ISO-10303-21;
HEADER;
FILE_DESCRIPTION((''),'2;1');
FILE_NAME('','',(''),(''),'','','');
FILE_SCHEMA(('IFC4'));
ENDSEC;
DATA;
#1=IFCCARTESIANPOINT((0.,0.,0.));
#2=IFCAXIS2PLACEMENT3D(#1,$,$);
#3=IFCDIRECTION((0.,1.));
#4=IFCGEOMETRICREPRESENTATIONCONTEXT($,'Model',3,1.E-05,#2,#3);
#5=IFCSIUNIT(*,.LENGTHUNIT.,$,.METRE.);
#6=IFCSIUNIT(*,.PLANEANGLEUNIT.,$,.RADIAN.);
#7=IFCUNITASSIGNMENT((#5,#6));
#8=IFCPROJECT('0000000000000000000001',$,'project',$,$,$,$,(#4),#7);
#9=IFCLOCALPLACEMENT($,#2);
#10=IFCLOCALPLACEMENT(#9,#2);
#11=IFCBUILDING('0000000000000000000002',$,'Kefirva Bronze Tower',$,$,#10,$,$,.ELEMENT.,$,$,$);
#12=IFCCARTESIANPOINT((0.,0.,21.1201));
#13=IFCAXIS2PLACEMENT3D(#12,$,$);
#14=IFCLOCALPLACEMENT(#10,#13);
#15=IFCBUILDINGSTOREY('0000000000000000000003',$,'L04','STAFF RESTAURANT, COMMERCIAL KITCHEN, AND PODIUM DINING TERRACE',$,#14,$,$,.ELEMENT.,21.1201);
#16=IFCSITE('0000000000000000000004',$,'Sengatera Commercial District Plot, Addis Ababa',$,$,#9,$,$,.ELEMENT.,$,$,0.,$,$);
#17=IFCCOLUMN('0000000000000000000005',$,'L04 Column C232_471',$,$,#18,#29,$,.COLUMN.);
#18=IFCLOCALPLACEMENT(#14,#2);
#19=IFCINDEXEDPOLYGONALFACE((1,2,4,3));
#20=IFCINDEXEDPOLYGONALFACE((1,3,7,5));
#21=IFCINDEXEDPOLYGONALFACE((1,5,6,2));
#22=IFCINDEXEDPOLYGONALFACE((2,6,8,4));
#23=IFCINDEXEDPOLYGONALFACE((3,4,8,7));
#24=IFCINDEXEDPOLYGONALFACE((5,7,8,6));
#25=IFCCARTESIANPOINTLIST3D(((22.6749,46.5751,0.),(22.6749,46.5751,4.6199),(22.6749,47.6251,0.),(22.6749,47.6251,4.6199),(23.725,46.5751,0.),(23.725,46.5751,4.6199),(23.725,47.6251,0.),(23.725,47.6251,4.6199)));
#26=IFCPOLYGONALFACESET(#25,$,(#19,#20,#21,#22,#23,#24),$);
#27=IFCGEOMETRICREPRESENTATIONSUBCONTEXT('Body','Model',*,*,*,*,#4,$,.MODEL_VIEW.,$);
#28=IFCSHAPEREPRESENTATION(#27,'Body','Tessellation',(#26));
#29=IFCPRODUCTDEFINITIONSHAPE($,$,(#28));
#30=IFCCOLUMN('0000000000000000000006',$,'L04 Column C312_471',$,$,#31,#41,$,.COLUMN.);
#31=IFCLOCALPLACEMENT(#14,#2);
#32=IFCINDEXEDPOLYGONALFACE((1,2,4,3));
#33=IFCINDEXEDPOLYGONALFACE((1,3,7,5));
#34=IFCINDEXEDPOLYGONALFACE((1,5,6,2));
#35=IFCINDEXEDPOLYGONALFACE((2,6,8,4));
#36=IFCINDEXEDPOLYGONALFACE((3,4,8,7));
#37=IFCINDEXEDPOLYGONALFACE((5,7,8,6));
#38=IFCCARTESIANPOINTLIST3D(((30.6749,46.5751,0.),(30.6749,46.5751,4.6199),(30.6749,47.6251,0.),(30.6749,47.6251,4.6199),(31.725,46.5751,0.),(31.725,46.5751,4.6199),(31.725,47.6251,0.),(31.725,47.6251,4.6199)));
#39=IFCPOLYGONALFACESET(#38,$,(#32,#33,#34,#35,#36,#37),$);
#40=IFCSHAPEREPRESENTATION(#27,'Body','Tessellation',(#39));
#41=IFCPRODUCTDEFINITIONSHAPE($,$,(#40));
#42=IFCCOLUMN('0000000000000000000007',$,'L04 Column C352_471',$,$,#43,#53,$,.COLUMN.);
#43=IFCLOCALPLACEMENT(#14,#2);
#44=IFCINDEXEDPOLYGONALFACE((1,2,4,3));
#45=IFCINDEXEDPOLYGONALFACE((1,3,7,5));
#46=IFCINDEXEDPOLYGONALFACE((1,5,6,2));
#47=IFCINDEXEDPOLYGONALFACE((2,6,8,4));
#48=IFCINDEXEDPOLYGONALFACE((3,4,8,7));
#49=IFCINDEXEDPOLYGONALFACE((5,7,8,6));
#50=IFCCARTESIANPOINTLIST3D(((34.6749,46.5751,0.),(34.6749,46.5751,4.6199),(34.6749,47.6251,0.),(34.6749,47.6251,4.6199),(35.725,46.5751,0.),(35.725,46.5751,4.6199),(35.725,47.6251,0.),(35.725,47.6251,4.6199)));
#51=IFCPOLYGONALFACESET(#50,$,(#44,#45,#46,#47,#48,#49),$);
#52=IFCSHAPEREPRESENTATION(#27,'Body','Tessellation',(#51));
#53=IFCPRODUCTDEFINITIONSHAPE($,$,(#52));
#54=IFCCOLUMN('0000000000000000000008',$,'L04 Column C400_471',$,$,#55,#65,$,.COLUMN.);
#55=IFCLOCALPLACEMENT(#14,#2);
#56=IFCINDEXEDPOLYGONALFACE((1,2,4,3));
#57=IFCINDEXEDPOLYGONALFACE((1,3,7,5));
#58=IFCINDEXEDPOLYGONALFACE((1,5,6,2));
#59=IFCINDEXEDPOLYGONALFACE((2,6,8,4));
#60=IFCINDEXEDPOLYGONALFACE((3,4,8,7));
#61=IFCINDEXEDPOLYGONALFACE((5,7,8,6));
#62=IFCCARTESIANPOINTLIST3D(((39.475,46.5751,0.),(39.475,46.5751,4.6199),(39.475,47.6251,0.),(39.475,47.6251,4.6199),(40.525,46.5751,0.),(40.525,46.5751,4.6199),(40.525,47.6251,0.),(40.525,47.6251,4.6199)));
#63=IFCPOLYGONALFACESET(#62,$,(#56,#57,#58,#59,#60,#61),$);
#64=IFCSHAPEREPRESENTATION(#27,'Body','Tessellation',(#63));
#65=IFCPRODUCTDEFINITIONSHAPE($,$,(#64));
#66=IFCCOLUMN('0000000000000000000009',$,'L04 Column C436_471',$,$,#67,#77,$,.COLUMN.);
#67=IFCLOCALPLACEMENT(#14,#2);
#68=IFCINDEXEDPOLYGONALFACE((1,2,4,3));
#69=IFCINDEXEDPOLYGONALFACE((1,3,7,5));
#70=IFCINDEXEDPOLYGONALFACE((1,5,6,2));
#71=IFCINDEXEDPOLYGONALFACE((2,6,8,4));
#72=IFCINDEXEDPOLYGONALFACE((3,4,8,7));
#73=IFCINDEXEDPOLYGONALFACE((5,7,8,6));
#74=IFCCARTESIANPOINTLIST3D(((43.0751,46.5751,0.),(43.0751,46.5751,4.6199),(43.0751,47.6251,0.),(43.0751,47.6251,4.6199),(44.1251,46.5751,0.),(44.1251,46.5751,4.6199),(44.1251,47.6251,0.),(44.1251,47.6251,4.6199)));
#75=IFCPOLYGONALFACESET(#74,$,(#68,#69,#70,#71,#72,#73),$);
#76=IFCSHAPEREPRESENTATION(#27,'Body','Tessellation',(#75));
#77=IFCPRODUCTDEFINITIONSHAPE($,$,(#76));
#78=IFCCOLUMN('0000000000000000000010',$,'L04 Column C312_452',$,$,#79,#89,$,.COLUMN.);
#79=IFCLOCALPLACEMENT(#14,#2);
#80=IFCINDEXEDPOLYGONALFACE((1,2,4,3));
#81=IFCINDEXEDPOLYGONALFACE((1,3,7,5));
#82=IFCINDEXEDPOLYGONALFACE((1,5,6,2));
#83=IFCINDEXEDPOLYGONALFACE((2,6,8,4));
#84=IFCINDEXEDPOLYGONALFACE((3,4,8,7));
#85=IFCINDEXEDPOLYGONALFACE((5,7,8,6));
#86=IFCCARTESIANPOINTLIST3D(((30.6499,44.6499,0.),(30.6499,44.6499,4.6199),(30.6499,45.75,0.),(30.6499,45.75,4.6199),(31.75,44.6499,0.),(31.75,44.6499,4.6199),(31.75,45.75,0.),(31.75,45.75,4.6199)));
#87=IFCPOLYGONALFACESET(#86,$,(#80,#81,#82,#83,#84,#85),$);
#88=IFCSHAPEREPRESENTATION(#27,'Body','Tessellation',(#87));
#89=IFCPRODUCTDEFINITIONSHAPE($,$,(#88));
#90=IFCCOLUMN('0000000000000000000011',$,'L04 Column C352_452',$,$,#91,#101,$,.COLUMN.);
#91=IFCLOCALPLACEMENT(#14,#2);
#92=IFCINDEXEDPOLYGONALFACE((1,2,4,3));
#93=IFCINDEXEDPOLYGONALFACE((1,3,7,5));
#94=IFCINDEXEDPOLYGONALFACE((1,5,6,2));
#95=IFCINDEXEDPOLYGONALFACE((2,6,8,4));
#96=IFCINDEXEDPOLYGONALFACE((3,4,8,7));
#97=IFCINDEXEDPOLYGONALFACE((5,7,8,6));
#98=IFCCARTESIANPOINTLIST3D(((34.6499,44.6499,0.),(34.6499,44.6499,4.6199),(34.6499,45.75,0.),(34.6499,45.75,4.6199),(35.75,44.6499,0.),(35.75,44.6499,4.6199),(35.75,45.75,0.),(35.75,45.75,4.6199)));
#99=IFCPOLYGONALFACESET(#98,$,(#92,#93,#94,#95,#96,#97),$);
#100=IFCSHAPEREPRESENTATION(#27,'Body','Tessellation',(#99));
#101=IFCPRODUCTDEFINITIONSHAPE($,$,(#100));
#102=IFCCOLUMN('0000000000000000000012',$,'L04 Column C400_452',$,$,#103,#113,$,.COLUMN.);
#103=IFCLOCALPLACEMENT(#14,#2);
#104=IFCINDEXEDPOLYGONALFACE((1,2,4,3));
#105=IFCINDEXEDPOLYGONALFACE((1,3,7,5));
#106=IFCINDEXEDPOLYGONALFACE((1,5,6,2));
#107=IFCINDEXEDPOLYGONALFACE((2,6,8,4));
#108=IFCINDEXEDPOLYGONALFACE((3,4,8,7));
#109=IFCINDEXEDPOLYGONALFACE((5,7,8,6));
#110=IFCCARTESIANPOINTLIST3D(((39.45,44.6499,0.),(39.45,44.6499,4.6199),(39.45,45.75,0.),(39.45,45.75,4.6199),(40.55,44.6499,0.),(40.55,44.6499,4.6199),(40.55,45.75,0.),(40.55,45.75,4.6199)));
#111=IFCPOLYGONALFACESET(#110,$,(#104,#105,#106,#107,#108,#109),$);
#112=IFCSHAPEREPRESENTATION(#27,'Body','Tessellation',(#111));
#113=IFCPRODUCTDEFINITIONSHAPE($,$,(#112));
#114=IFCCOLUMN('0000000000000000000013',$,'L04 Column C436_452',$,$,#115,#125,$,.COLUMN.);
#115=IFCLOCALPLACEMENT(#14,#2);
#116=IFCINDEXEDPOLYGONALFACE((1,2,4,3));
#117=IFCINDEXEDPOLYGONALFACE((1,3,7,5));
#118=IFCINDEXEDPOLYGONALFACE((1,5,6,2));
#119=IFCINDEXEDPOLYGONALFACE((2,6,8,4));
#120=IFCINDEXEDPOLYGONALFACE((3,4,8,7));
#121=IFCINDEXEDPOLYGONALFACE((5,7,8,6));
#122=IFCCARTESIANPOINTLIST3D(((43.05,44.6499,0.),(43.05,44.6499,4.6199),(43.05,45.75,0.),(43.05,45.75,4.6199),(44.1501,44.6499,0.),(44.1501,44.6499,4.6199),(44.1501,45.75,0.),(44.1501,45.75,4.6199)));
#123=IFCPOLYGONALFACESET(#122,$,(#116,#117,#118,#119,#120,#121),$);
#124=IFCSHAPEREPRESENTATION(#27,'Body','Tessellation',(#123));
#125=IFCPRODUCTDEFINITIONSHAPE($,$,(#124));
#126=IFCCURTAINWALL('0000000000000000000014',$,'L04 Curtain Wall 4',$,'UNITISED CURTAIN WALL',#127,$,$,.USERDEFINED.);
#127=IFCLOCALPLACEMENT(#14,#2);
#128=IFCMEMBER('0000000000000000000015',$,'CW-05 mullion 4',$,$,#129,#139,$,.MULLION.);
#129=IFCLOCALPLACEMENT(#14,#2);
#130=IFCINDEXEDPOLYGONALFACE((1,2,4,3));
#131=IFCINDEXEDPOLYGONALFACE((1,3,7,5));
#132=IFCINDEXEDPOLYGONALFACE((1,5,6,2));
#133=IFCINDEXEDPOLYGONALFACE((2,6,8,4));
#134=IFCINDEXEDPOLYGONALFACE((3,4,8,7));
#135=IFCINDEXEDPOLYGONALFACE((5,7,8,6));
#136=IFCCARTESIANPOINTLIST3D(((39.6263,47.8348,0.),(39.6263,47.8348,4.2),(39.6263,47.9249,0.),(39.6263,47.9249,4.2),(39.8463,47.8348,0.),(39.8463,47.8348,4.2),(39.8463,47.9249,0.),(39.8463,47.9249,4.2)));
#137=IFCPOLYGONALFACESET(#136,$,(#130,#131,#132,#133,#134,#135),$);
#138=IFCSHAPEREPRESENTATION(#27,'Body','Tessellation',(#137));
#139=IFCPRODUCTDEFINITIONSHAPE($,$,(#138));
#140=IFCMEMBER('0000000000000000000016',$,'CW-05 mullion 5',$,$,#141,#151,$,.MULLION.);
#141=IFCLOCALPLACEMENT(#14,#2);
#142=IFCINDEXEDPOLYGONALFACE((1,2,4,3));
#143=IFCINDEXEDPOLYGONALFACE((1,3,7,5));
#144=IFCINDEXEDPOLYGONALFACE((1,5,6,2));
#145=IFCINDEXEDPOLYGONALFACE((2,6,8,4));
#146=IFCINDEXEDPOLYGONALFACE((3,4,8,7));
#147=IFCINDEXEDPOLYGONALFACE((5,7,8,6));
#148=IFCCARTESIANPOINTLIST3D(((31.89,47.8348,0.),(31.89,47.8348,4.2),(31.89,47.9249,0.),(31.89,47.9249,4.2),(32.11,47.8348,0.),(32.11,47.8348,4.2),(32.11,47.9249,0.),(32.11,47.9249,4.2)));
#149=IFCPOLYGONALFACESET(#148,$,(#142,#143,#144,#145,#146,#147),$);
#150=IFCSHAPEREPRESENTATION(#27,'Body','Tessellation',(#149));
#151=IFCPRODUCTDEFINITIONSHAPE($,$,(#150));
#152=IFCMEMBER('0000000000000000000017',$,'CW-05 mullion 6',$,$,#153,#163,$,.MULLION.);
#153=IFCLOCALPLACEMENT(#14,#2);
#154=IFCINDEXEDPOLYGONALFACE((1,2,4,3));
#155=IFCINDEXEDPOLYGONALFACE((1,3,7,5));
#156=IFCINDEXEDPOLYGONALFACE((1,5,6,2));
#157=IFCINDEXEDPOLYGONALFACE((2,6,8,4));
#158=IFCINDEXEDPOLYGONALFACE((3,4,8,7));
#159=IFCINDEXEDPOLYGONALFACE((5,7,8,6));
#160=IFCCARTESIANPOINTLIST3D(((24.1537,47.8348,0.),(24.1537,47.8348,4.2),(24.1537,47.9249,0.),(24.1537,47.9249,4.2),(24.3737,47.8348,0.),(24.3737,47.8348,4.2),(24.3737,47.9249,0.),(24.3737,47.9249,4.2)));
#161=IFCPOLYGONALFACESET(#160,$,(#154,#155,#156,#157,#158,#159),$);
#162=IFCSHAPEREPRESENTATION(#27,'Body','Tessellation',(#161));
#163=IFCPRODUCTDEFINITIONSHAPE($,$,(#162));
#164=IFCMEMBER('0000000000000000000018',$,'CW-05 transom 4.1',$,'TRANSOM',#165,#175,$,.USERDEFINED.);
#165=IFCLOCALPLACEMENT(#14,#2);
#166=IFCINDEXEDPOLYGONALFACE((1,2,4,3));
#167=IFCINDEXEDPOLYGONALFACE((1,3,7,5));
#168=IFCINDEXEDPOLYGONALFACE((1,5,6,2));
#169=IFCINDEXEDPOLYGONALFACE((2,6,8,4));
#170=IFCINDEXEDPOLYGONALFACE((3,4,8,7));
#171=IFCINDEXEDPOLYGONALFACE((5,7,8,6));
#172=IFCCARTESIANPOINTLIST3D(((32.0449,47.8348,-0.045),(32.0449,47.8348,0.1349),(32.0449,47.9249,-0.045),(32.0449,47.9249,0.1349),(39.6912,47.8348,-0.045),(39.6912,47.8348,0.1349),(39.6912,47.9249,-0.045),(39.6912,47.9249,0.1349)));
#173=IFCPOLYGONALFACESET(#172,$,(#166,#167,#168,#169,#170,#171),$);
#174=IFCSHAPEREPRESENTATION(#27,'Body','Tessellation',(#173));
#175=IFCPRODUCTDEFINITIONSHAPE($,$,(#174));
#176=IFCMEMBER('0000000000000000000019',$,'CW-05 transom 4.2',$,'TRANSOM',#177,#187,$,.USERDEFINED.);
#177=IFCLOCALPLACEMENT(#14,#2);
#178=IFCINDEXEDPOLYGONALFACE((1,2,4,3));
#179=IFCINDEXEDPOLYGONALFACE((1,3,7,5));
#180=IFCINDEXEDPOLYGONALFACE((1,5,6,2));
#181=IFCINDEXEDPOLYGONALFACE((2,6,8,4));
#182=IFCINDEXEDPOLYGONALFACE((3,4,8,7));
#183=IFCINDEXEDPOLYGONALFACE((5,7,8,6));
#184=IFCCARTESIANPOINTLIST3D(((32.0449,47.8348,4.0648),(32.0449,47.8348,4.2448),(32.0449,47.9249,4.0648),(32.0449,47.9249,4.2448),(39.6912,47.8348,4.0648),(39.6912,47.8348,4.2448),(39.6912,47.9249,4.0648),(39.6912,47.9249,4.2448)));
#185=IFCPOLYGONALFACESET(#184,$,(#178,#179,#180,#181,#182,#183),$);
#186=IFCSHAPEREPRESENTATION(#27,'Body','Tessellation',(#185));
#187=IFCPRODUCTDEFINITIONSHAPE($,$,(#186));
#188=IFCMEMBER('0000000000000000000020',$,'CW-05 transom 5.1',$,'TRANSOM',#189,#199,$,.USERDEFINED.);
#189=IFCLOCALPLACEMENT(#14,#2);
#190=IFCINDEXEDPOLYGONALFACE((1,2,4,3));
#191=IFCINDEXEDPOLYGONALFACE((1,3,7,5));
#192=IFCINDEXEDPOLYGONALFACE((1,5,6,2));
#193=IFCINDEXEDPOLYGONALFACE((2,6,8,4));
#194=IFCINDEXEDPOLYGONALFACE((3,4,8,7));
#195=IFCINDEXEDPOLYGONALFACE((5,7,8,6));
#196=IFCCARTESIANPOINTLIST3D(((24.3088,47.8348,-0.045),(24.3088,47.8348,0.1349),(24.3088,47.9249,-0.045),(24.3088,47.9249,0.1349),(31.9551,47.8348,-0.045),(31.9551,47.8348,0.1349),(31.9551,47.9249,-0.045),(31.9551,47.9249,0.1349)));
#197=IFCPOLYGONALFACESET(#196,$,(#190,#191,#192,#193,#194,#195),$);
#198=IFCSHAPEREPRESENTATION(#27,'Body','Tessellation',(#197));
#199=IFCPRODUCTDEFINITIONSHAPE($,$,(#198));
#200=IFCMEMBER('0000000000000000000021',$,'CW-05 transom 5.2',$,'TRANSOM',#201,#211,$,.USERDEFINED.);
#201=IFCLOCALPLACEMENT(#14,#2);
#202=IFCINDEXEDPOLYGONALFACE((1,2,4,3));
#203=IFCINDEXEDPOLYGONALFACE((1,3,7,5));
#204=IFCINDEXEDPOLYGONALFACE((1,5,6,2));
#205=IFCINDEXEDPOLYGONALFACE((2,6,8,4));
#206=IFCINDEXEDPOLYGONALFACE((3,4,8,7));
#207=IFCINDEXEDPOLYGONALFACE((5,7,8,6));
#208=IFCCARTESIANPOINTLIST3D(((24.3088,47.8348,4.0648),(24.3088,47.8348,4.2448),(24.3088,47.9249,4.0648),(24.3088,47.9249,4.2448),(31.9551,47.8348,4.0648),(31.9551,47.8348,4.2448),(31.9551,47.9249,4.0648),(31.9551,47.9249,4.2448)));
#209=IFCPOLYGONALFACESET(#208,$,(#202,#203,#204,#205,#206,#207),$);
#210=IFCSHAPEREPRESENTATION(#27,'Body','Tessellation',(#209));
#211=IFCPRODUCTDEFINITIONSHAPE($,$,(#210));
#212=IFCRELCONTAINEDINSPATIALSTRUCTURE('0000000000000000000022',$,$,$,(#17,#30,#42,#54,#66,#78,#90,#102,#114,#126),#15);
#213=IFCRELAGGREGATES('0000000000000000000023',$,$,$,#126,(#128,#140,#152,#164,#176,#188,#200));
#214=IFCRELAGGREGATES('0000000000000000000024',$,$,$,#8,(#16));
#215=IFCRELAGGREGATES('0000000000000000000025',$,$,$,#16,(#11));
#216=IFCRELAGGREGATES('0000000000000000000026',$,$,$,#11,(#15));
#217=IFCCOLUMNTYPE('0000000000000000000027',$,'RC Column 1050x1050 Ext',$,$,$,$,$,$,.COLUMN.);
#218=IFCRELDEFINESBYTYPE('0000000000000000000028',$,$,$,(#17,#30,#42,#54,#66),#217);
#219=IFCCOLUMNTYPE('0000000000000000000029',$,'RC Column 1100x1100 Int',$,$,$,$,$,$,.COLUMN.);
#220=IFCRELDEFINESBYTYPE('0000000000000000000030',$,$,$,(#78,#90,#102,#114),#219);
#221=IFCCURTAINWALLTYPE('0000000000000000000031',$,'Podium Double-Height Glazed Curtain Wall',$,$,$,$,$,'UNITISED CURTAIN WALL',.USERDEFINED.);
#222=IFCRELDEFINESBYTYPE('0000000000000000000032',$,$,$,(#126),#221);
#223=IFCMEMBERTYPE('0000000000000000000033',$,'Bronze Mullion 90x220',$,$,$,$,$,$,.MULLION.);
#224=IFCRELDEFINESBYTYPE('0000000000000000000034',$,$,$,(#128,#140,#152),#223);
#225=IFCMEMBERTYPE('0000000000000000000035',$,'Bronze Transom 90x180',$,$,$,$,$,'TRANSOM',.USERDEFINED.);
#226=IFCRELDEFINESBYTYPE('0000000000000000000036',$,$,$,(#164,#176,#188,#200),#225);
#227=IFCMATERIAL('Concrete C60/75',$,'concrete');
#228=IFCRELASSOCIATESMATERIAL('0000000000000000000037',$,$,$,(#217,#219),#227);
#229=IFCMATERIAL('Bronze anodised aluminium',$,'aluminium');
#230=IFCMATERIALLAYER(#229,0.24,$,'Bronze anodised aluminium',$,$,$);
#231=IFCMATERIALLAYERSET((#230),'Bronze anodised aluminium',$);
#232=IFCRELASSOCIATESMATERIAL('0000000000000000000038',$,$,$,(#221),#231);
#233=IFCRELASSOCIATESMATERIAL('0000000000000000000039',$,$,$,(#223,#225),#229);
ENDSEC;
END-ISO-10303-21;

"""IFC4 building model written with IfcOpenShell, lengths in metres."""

from ifc_helpers import new_model, si_unit, direction, frame, origin, origin_2d, place, context, subcontext, project, spatial, rectangle, extrude, material, layer, layer_set, material_profile, profile_set, type_object, element, aggregate, save


model = new_model("IFC4")

# Units and contexts
model_context = context("Model", 3, precision=1e-05, world=origin(), true_north=direction((0.0, 1.0)))
body_context = subcontext(model_context, "Body", "Model", "MODEL_VIEW")
ifc_project = project(units=[si_unit("LENGTHUNIT", "METRE"), si_unit("PLANEANGLEUNIT", "RADIAN")], contexts=[model_context])

# Site, building, storey
site_placement = place(None, origin())
site = spatial("IfcSite", under=ifc_project, at=site_placement, Name="Sengatera Commercial District Plot, Addis Ababa", CompositionType="ELEMENT", RefElevation=0.0)
building_placement = place(site_placement, origin())
building = spatial("IfcBuilding", under=site, at=building_placement, Name="Kefirva Bronze Tower", CompositionType="ELEMENT")
storey_placement = place(building_placement, frame((0.0, 0.0, 21.1201)))
storey = spatial("IfcBuildingStorey", under=building, at=storey_placement, Name="L04", Description="STAFF RESTAURANT, COMMERCIAL KITCHEN, AND PODIUM DINING TERRACE", CompositionType="ELEMENT", Elevation=21.1201)

# Columns
ifc_material_1 = material(Name="Concrete C60/75", Category="concrete")
ifc_material_profile_1 = material_profile(ifc_material_1, rectangle(XDim=1.05, YDim=1.05, at=origin_2d()), Name="RC 1050x1050")
ifc_profile_set_1 = profile_set([ifc_material_profile_1], Name="Concrete C60/75")
column_type_1 = type_object("IfcColumnType", Name="RC Column 1050x1050 Ext", PredefinedType="COLUMN", material=ifc_profile_set_1)
for number, where, z_axis, x_axis, name in (
    (1, (23.2, 47.1001, 0.0), (0.0, 0.0, 1.0), (1.0, 0.0, 0.0), "L04 Column C232_471"),
    (2, (31.2, 47.1001, 0.0), (0.0, 0.0, 1.0), (1.0, 0.0, 0.0), "L04 Column C312_471"),
    (3, (35.2, 47.1001, 0.0), (0.0, 0.0, 1.0), (1.0, 0.0, 0.0), "L04 Column C352_471"),
    (4, (40.0, 47.1001, 0.0), (0.0, 0.0, 1.0), (1.0, 0.0, 0.0), "L04 Column C400_471"),
    (5, (43.6001, 47.1001, 0.0), (0.0, 0.0, 1.0), (1.0, 0.0, 0.0), "L04 Column C436_471"),
):
    element("IfcColumn", number, at=place(storey_placement, frame(where, z_axis=z_axis, x_axis=x_axis)), inside=storey, type_object=column_type_1, Name=name, PredefinedType="COLUMN", context=body_context, shape_type="SweptSolid", body=[
        extrude(rectangle(XDim=1.05, YDim=1.05, at=origin_2d()), origin(), (0.0, 0.0, 1.0), 4.6199),
    ])
ifc_material_profile_2 = material_profile(ifc_material_1, rectangle(XDim=1.1001, YDim=1.1001, at=origin_2d()), Name="RC 1100x1100")
ifc_profile_set_2 = profile_set([ifc_material_profile_2], Name="Concrete C60/75")
column_type_2 = type_object("IfcColumnType", Name="RC Column 1100x1100 Int", PredefinedType="COLUMN", material=ifc_profile_set_2)
for number, where, z_axis, x_axis, name in (
    (6, (31.2, 45.2, 0.0), (0.0, 0.0, 1.0), (1.0, 0.0, 0.0), "L04 Column C312_452"),
    (7, (35.2, 45.2, 0.0), (0.0, 0.0, 1.0), (1.0, 0.0, 0.0), "L04 Column C352_452"),
    (8, (40.0, 45.2, 0.0), (0.0, 0.0, 1.0), (1.0, 0.0, 0.0), "L04 Column C400_452"),
    (9, (43.6001, 45.2, 0.0), (0.0, 0.0, 1.0), (1.0, 0.0, 0.0), "L04 Column C436_452"),
):
    element("IfcColumn", number, at=place(storey_placement, frame(where, z_axis=z_axis, x_axis=x_axis)), inside=storey, type_object=column_type_2, Name=name, PredefinedType="COLUMN", context=body_context, shape_type="SweptSolid", body=[
        extrude(rectangle(XDim=1.1001, YDim=1.1001, at=origin_2d()), origin(), (0.0, 0.0, 1.0), 4.6199),
    ])

# Curtain wall, members
ifc_material_2 = material(Name="Bronze anodised aluminium", Category="aluminium")
ifc_layer_1 = layer(ifc_material_2, 0.24, Name="Bronze anodised aluminium")
ifc_layer_set_1 = layer_set([ifc_layer_1], Name="Bronze anodised aluminium")
curtain_wall_type = type_object("IfcCurtainWallType", Name="Podium Double-Height Glazed Curtain Wall", ElementType="UNITISED CURTAIN WALL", PredefinedType="USERDEFINED", material=ifc_layer_set_1)
curtain_wall_placement = place(storey_placement, origin())
curtain_wall = element("IfcCurtainWall", 10, at=curtain_wall_placement, inside=storey, type_object=curtain_wall_type, Name="L04 Curtain Wall 4", ObjectType="UNITISED CURTAIN WALL", PredefinedType="USERDEFINED")
ifc_material_profile_3 = material_profile(ifc_material_2, rectangle(XDim=0.0901, YDim=0.22, at=origin_2d()), Name="ALU 90x220")
ifc_profile_set_3 = profile_set([ifc_material_profile_3], Name="Bronze anodised aluminium")
member_type_1 = type_object("IfcMemberType", Name="Bronze Mullion 90x220", PredefinedType="MULLION", material=ifc_profile_set_3)
member_1_placement = place(storey_placement, frame((39.7363, 47.8799, 0.0), z_axis=(0.0, 0.0, 1.0), x_axis=(0.0, -1.0, 0.0)))
member_1 = element("IfcMember", 11, at=member_1_placement, type_object=member_type_1, Name="CW-05 mullion 4", PredefinedType="MULLION", context=body_context, shape_type="SweptSolid", body=[
    extrude(rectangle(XDim=0.0901, YDim=0.22, at=origin_2d()), origin(), (0.0, 0.0, 1.0), 4.2),
])
member_2_placement = place(storey_placement, frame((32.0, 47.8799, 0.0), z_axis=(0.0, 0.0, 1.0), x_axis=(0.0, -1.0, 0.0)))
member_2 = element("IfcMember", 12, at=member_2_placement, type_object=member_type_1, Name="CW-05 mullion 5", PredefinedType="MULLION", context=body_context, shape_type="SweptSolid", body=[
    extrude(rectangle(XDim=0.0901, YDim=0.22, at=origin_2d()), origin(), (0.0, 0.0, 1.0), 4.2),
])
member_3_placement = place(storey_placement, frame((24.2637, 47.8799, 0.0), z_axis=(0.0, 0.0, 1.0), x_axis=(0.0, -1.0, 0.0)))
member_3 = element("IfcMember", 13, at=member_3_placement, type_object=member_type_1, Name="CW-05 mullion 6", PredefinedType="MULLION", context=body_context, shape_type="SweptSolid", body=[
    extrude(rectangle(XDim=0.0901, YDim=0.22, at=origin_2d()), origin(), (0.0, 0.0, 1.0), 4.2),
])
ifc_material_profile_4 = material_profile(ifc_material_2, rectangle(XDim=0.0901, YDim=0.1799, at=origin_2d()), Name="ALU 90x180")
ifc_profile_set_4 = profile_set([ifc_material_profile_4], Name="Bronze anodised aluminium")
member_type_2 = type_object("IfcMemberType", Name="Bronze Transom 90x180", ElementType="TRANSOM", PredefinedType="USERDEFINED", material=ifc_profile_set_4)
member_4_placement = place(storey_placement, frame((39.6912, 47.8799, 0.0449), z_axis=(-1.0, 0.0, 0.0), x_axis=(0.0, -1.0, 0.0)))
member_4 = element("IfcMember", 14, at=member_4_placement, type_object=member_type_2, Name="CW-05 transom 4.1", ObjectType="TRANSOM", PredefinedType="USERDEFINED", context=body_context, shape_type="SweptSolid", body=[
    extrude(rectangle(XDim=0.0901, YDim=0.1799, at=origin_2d()), origin(), (0.0, 0.0, 1.0), 7.6462),
])
member_5_placement = place(storey_placement, frame((39.6912, 47.8799, 4.1548), z_axis=(-1.0, 0.0, 0.0), x_axis=(0.0, -1.0, 0.0)))
member_5 = element("IfcMember", 15, at=member_5_placement, type_object=member_type_2, Name="CW-05 transom 4.2", ObjectType="TRANSOM", PredefinedType="USERDEFINED", context=body_context, shape_type="SweptSolid", body=[
    extrude(rectangle(XDim=0.0901, YDim=0.1799, at=origin_2d()), origin(), (0.0, 0.0, 1.0), 7.6462),
])
member_6_placement = place(storey_placement, frame((31.9551, 47.8799, 0.0449), z_axis=(-1.0, 0.0, 0.0), x_axis=(0.0, -1.0, 0.0)))
member_6 = element("IfcMember", 16, at=member_6_placement, type_object=member_type_2, Name="CW-05 transom 5.1", ObjectType="TRANSOM", PredefinedType="USERDEFINED", context=body_context, shape_type="SweptSolid", body=[
    extrude(rectangle(XDim=0.0901, YDim=0.1799, at=origin_2d()), origin(), (0.0, 0.0, 1.0), 7.6462),
])
member_7_placement = place(storey_placement, frame((31.9551, 47.8799, 4.1548), z_axis=(-1.0, 0.0, 0.0), x_axis=(0.0, -1.0, 0.0)))
member_7 = element("IfcMember", 17, at=member_7_placement, type_object=member_type_2, Name="CW-05 transom 5.2", ObjectType="TRANSOM", PredefinedType="USERDEFINED", context=body_context, shape_type="SweptSolid", body=[
    extrude(rectangle(XDim=0.0901, YDim=0.1799, at=origin_2d()), origin(), (0.0, 0.0, 1.0), 7.6462),
])

aggregate(curtain_wall, [member_1, member_2, member_3, member_4, member_5, member_6, member_7])

save(model, "model.ifc")
